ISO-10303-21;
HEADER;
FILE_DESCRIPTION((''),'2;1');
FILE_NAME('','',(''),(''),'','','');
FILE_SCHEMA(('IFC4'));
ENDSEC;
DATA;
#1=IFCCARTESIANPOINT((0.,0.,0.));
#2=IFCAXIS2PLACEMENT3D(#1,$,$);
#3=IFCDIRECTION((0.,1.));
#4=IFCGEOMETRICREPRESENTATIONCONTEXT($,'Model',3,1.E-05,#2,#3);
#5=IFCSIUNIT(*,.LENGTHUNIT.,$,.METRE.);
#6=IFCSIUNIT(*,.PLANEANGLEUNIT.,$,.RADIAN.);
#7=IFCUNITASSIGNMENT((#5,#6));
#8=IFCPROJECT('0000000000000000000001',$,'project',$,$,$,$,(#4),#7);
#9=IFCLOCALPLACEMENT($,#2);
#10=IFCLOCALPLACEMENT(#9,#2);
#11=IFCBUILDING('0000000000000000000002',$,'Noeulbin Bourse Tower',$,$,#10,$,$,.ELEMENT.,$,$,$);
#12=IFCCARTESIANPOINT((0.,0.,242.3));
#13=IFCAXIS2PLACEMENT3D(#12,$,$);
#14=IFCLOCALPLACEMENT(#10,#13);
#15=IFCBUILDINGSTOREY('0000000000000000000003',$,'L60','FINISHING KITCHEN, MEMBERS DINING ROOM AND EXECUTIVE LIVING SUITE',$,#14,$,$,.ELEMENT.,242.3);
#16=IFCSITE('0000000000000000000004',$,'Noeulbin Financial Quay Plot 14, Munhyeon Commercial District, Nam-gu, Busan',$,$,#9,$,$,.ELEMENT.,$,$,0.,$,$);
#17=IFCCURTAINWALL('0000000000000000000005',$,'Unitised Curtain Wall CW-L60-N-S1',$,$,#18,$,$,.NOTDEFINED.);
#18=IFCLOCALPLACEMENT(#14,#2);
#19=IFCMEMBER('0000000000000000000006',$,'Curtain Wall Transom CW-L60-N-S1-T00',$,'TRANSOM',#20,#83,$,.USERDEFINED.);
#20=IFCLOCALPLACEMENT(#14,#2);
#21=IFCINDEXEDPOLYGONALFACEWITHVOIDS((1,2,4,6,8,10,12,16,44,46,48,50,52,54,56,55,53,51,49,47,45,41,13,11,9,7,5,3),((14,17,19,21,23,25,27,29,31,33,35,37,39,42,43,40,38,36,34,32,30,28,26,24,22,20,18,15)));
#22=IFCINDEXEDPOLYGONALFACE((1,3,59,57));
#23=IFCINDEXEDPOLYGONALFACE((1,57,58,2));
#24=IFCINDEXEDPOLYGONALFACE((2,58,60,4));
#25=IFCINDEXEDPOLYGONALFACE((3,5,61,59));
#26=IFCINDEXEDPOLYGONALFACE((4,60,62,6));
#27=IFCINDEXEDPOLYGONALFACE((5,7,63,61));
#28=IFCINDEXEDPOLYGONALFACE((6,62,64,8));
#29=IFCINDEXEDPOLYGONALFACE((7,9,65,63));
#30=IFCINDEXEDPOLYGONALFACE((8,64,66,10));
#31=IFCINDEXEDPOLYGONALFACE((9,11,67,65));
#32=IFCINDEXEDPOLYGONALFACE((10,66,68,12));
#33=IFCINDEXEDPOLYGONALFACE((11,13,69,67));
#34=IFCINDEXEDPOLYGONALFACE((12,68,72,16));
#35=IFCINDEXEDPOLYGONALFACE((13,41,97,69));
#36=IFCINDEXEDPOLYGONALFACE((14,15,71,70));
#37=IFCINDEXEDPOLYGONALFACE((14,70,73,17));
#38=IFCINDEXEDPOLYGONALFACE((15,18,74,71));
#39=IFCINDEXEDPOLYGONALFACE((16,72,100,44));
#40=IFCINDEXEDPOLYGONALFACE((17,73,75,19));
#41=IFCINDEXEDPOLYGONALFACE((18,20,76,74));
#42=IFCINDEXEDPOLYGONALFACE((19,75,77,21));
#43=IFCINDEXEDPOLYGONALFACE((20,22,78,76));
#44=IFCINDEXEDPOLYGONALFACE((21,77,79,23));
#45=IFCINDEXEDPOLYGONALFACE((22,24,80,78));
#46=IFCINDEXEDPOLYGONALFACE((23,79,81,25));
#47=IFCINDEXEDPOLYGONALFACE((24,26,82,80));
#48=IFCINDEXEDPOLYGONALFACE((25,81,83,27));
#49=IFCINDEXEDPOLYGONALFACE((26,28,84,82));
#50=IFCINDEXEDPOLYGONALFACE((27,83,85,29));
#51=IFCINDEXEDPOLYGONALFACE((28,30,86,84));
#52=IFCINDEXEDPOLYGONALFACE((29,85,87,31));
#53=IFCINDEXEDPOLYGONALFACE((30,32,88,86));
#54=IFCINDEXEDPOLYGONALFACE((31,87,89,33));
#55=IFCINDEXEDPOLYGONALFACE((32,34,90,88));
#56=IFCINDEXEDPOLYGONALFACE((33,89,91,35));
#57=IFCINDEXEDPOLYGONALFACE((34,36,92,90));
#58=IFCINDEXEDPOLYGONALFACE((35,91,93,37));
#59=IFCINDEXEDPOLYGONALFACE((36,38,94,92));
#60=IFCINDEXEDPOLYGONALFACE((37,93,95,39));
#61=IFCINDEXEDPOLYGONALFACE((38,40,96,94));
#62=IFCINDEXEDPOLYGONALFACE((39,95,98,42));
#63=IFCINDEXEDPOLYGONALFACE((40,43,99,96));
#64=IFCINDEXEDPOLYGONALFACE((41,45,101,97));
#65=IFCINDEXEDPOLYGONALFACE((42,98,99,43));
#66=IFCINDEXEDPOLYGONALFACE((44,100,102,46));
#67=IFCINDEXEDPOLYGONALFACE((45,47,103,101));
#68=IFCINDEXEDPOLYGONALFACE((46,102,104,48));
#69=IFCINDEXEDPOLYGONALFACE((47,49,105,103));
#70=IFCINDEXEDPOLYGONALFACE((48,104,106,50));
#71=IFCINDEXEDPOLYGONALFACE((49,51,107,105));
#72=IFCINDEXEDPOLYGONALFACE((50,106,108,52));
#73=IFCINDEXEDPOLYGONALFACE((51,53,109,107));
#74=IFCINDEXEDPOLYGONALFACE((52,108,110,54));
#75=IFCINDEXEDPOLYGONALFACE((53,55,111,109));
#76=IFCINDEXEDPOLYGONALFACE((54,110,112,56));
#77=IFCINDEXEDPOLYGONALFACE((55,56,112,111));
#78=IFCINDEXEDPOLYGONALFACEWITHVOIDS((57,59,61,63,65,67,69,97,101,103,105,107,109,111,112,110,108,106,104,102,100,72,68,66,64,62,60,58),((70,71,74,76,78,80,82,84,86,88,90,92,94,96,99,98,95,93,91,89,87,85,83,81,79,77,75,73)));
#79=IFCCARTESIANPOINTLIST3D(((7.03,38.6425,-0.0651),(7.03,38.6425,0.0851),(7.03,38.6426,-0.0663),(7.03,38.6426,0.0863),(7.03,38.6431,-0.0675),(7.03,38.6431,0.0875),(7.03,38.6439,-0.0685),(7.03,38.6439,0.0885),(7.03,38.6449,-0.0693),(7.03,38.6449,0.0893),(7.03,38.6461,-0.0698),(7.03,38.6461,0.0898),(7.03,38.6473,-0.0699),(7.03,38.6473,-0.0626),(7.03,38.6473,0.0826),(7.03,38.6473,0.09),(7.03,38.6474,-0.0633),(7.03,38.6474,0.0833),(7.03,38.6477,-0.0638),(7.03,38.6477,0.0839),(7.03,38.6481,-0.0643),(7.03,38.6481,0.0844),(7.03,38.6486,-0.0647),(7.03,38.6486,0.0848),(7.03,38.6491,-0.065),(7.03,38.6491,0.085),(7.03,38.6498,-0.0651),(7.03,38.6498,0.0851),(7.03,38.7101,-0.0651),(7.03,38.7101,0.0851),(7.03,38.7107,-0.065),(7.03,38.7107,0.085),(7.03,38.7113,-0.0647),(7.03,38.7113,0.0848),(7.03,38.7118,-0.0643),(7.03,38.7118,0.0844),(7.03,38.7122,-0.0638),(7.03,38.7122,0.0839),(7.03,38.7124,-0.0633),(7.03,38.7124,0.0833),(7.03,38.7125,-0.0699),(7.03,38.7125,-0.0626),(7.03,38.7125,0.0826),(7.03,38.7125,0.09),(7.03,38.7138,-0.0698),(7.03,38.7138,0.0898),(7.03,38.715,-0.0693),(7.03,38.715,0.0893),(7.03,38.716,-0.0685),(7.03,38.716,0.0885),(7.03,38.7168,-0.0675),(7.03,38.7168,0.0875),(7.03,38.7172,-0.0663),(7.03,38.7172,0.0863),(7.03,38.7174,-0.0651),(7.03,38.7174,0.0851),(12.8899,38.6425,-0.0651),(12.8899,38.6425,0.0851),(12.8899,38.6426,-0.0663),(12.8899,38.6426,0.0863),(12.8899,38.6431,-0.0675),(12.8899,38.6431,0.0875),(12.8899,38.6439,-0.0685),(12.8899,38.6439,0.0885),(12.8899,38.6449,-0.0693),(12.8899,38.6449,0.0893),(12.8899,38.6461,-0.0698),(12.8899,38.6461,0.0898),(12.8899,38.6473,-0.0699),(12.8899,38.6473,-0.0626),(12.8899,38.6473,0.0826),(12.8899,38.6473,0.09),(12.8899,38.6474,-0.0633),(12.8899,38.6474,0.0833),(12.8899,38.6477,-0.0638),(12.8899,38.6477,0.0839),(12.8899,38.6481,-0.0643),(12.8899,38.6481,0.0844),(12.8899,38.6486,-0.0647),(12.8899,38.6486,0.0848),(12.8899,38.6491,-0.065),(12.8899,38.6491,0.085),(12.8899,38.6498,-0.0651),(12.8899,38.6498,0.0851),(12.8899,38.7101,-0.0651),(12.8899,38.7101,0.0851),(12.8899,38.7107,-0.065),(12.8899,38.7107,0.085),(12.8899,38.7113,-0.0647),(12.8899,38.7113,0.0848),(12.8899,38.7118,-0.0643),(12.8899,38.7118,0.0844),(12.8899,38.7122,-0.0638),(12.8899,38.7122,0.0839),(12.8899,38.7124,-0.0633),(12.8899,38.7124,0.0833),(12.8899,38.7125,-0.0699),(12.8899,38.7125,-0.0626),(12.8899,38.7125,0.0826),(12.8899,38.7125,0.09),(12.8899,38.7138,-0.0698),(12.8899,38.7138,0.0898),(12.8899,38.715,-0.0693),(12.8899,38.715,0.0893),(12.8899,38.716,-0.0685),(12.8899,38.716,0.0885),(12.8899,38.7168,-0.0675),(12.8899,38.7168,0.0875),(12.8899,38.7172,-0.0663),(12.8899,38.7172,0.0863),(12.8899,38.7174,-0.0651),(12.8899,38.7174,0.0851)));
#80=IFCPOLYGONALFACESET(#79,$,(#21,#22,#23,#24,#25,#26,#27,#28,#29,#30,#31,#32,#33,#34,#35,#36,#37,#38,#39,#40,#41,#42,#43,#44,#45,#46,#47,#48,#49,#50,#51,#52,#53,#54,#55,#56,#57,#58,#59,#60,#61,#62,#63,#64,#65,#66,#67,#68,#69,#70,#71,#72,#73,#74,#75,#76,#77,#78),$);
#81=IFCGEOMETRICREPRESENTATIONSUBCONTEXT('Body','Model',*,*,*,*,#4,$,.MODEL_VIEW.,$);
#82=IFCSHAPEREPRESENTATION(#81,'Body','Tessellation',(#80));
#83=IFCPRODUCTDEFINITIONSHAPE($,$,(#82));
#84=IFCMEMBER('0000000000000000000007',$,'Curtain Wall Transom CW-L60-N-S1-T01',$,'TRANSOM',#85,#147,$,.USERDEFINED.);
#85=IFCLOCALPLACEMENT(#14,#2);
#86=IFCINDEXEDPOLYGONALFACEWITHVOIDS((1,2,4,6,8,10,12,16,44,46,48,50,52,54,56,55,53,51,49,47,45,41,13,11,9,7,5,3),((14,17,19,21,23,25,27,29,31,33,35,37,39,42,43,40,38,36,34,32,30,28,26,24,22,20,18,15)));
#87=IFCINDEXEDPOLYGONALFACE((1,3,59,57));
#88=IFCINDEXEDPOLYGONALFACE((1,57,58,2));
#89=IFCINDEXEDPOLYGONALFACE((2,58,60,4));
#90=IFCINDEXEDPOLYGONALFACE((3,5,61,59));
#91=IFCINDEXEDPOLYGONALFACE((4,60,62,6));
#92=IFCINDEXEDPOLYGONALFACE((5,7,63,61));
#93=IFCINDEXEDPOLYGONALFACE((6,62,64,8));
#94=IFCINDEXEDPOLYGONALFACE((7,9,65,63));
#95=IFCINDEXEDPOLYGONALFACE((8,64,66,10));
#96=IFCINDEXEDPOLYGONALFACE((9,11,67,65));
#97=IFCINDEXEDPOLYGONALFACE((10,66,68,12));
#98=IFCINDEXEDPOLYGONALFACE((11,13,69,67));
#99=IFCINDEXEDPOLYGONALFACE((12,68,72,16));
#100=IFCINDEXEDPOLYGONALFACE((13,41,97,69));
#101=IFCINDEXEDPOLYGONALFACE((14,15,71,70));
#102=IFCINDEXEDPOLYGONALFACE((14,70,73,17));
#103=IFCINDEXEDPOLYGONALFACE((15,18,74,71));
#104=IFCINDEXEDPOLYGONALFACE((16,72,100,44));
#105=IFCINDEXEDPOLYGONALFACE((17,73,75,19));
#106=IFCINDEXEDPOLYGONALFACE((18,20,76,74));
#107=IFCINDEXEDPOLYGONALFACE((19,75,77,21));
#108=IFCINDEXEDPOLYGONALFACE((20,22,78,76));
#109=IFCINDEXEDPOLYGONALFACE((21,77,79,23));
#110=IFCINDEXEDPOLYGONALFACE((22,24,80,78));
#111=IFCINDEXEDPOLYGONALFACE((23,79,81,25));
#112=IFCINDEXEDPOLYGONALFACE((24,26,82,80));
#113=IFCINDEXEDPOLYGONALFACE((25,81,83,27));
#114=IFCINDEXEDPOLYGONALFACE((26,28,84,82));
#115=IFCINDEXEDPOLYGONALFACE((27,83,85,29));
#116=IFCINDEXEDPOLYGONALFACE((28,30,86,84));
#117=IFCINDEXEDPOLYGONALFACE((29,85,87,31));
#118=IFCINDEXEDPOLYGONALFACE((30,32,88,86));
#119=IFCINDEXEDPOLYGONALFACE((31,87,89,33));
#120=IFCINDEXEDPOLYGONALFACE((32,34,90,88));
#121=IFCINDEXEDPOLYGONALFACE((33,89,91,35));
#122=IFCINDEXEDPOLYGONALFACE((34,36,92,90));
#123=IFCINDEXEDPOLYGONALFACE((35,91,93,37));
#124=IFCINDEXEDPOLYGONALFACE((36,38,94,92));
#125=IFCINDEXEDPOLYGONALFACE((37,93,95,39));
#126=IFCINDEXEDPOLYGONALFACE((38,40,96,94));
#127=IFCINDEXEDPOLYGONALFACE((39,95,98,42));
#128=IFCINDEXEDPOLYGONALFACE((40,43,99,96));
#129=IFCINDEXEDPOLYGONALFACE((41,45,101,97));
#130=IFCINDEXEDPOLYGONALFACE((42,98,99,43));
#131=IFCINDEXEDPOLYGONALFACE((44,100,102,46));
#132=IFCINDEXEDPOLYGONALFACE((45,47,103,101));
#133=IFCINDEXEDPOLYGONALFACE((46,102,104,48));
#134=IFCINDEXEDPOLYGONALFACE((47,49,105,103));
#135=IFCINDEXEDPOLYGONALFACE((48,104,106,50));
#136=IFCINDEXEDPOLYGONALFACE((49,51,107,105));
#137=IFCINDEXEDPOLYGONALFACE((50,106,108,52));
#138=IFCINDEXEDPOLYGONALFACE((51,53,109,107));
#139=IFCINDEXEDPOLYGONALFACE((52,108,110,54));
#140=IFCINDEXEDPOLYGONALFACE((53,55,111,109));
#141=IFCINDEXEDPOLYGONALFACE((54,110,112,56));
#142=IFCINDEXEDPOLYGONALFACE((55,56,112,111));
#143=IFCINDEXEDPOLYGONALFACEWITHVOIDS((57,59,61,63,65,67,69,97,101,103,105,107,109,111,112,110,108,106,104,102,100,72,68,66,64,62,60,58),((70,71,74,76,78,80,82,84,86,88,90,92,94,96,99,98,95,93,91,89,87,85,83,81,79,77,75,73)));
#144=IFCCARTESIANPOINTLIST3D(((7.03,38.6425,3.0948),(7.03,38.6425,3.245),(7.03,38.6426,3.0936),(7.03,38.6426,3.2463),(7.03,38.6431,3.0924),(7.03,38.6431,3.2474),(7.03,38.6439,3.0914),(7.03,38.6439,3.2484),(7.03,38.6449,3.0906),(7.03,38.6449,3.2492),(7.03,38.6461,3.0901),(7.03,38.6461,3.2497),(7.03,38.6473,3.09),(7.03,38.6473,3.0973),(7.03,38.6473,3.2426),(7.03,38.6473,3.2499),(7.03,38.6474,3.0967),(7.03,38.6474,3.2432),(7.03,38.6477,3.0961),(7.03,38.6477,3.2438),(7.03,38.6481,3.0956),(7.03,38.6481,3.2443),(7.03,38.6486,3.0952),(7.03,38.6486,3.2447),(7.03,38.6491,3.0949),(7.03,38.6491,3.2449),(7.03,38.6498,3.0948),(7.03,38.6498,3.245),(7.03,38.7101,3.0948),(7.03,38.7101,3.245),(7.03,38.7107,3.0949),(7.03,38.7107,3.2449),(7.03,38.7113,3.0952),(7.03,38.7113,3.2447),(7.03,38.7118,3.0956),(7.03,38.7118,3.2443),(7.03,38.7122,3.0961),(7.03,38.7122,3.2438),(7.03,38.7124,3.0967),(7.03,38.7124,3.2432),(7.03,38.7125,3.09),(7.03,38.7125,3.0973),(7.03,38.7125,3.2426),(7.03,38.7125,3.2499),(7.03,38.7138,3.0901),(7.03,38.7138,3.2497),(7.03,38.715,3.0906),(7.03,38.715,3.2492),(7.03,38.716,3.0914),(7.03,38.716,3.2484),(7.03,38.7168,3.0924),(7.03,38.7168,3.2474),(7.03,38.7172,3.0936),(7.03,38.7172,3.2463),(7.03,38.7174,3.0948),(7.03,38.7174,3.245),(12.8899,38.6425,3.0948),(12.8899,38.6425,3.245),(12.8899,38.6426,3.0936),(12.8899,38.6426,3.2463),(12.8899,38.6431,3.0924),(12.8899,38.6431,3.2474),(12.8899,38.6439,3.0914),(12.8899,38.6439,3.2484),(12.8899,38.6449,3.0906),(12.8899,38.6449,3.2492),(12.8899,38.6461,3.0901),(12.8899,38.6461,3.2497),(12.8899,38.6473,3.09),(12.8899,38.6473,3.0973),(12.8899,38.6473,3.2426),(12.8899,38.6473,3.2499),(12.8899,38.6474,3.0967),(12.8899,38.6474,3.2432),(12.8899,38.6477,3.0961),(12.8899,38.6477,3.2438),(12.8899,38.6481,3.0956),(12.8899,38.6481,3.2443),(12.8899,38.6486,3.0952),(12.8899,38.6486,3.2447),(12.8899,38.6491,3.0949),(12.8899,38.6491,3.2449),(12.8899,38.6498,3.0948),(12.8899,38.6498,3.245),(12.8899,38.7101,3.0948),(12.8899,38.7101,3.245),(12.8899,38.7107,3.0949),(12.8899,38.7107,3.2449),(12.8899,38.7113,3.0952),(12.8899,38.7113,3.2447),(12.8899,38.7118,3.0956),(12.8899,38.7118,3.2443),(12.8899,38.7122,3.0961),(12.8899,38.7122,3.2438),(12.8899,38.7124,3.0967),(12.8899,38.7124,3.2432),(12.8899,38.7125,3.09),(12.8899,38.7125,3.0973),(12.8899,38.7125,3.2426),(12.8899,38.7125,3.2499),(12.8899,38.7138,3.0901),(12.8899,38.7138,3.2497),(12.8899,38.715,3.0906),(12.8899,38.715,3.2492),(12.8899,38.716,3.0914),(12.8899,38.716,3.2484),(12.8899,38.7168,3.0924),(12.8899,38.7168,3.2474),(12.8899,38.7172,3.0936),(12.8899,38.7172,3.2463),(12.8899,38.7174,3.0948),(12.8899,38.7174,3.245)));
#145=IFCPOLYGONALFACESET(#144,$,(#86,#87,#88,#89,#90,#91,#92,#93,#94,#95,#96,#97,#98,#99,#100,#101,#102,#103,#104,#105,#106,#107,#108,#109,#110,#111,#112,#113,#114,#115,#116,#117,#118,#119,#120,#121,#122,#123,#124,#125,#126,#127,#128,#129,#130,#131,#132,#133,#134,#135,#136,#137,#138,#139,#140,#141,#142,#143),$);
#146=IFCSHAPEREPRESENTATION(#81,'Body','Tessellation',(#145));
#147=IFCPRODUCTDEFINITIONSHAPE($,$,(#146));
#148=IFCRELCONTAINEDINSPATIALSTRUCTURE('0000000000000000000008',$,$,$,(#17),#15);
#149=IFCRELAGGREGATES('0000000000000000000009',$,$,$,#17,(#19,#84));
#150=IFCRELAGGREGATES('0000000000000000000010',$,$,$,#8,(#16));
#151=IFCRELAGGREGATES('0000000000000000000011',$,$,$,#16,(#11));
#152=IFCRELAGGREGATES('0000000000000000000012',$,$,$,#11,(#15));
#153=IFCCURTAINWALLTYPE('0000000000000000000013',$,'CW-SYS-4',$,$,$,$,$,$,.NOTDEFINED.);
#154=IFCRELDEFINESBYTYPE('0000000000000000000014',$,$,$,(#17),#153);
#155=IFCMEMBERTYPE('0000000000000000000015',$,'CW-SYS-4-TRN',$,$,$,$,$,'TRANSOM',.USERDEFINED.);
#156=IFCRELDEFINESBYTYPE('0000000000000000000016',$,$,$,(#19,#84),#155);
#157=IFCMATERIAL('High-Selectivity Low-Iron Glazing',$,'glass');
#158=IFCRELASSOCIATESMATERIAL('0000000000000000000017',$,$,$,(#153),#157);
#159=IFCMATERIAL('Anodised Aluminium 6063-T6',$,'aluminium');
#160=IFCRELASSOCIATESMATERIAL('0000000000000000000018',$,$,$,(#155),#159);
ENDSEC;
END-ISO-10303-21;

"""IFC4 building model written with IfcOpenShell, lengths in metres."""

from ifc_helpers import new_model, si_unit, direction, frame, origin, origin_2d, place, context, subcontext, project, spatial, hollow_rectangle, extrude, material, material_profile, profile_set, type_object, element, aggregate, save


model = new_model("IFC4")

# Units and contexts
model_context = context("Model", 3, precision=1e-05, world=origin(), true_north=direction((0.0, 1.0)))
body_context = subcontext(model_context, "Body", "Model", "MODEL_VIEW")
ifc_project = project(units=[si_unit("LENGTHUNIT", "METRE"), si_unit("PLANEANGLEUNIT", "RADIAN")], contexts=[model_context])

# Site, building, storey
site_placement = place(None, origin())
site = spatial("IfcSite", under=ifc_project, at=site_placement, Name="Noeulbin Financial Quay Plot 14, Munhyeon Commercial District, Nam-gu, Busan", CompositionType="ELEMENT", RefElevation=0.0)
building_placement = place(site_placement, origin())
building = spatial("IfcBuilding", under=site, at=building_placement, Name="Noeulbin Bourse Tower", CompositionType="ELEMENT")
storey_placement = place(building_placement, frame((0.0, 0.0, 242.3)))
storey = spatial("IfcBuildingStorey", under=building, at=storey_placement, Name="L60", Description="FINISHING KITCHEN, MEMBERS DINING ROOM AND EXECUTIVE LIVING SUITE", CompositionType="ELEMENT", Elevation=242.3)

# Curtain wall
ifc_material_1 = material(Name="High-Selectivity Low-Iron Glazing", Category="glass")
curtain_wall_type = type_object("IfcCurtainWallType", Name="CW-SYS-4", PredefinedType="NOTDEFINED", material=ifc_material_1)
curtain_wall_1_placement = place(storey_placement, origin())
curtain_wall_1 = element("IfcCurtainWall", 1, at=curtain_wall_1_placement, inside=storey, type_object=curtain_wall_type, Name="Unitised Curtain Wall CW-L60-N-S1", PredefinedType="NOTDEFINED")
ifc_material_2 = material(Name="Anodised Aluminium 6063-T6", Category="aluminium")

# Members
ifc_material_profile_1 = material_profile(ifc_material_2, hollow_rectangle(XDim=0.075, YDim=0.1599, WallThickness=0.0049, InnerFilletRadius=0.0024, OuterFilletRadius=0.0049, at=origin_2d()), Name="ALU-TRAN-75x160x5", Category="LoadBearing")
ifc_profile_set_1 = profile_set([ifc_material_profile_1], Name="Anodised Aluminium 6063-T6")
member_type_1 = type_object("IfcMemberType", Name="CW-SYS-4-TRN", ElementType="TRANSOM", PredefinedType="USERDEFINED", material=ifc_profile_set_1)
member_1_placement = place(storey_placement, frame((7.03, 38.6799, 0.01), z_axis=(1.0, 0.0, 0.0), x_axis=(0.0, 1.0, 0.0)))
member_1 = element("IfcMember", 2, at=member_1_placement, type_object=member_type_1, Name="Curtain Wall Transom CW-L60-N-S1-T00", ObjectType="TRANSOM", PredefinedType="USERDEFINED", context=body_context, shape_type="SweptSolid", body=[
    extrude(hollow_rectangle(XDim=0.075, YDim=0.1599, WallThickness=0.0049, InnerFilletRadius=0.0024, OuterFilletRadius=0.0049, at=origin_2d()), origin(), (0.0, 0.0, 1.0), 5.8599),
])
member_2_placement = place(storey_placement, frame((7.03, 38.6799, 3.1699), z_axis=(1.0, 0.0, 0.0), x_axis=(0.0, 1.0, 0.0)))
member_2 = element("IfcMember", 3, at=member_2_placement, type_object=member_type_1, Name="Curtain Wall Transom CW-L60-N-S1-T01", ObjectType="TRANSOM", PredefinedType="USERDEFINED", context=body_context, shape_type="SweptSolid", body=[
    extrude(hollow_rectangle(XDim=0.075, YDim=0.1599, WallThickness=0.0049, InnerFilletRadius=0.0024, OuterFilletRadius=0.0049, at=origin_2d()), origin(), (0.0, 0.0, 1.0), 5.8599),
])

aggregate(curtain_wall_1, [member_1, member_2])

save(model, "model.ifc")
